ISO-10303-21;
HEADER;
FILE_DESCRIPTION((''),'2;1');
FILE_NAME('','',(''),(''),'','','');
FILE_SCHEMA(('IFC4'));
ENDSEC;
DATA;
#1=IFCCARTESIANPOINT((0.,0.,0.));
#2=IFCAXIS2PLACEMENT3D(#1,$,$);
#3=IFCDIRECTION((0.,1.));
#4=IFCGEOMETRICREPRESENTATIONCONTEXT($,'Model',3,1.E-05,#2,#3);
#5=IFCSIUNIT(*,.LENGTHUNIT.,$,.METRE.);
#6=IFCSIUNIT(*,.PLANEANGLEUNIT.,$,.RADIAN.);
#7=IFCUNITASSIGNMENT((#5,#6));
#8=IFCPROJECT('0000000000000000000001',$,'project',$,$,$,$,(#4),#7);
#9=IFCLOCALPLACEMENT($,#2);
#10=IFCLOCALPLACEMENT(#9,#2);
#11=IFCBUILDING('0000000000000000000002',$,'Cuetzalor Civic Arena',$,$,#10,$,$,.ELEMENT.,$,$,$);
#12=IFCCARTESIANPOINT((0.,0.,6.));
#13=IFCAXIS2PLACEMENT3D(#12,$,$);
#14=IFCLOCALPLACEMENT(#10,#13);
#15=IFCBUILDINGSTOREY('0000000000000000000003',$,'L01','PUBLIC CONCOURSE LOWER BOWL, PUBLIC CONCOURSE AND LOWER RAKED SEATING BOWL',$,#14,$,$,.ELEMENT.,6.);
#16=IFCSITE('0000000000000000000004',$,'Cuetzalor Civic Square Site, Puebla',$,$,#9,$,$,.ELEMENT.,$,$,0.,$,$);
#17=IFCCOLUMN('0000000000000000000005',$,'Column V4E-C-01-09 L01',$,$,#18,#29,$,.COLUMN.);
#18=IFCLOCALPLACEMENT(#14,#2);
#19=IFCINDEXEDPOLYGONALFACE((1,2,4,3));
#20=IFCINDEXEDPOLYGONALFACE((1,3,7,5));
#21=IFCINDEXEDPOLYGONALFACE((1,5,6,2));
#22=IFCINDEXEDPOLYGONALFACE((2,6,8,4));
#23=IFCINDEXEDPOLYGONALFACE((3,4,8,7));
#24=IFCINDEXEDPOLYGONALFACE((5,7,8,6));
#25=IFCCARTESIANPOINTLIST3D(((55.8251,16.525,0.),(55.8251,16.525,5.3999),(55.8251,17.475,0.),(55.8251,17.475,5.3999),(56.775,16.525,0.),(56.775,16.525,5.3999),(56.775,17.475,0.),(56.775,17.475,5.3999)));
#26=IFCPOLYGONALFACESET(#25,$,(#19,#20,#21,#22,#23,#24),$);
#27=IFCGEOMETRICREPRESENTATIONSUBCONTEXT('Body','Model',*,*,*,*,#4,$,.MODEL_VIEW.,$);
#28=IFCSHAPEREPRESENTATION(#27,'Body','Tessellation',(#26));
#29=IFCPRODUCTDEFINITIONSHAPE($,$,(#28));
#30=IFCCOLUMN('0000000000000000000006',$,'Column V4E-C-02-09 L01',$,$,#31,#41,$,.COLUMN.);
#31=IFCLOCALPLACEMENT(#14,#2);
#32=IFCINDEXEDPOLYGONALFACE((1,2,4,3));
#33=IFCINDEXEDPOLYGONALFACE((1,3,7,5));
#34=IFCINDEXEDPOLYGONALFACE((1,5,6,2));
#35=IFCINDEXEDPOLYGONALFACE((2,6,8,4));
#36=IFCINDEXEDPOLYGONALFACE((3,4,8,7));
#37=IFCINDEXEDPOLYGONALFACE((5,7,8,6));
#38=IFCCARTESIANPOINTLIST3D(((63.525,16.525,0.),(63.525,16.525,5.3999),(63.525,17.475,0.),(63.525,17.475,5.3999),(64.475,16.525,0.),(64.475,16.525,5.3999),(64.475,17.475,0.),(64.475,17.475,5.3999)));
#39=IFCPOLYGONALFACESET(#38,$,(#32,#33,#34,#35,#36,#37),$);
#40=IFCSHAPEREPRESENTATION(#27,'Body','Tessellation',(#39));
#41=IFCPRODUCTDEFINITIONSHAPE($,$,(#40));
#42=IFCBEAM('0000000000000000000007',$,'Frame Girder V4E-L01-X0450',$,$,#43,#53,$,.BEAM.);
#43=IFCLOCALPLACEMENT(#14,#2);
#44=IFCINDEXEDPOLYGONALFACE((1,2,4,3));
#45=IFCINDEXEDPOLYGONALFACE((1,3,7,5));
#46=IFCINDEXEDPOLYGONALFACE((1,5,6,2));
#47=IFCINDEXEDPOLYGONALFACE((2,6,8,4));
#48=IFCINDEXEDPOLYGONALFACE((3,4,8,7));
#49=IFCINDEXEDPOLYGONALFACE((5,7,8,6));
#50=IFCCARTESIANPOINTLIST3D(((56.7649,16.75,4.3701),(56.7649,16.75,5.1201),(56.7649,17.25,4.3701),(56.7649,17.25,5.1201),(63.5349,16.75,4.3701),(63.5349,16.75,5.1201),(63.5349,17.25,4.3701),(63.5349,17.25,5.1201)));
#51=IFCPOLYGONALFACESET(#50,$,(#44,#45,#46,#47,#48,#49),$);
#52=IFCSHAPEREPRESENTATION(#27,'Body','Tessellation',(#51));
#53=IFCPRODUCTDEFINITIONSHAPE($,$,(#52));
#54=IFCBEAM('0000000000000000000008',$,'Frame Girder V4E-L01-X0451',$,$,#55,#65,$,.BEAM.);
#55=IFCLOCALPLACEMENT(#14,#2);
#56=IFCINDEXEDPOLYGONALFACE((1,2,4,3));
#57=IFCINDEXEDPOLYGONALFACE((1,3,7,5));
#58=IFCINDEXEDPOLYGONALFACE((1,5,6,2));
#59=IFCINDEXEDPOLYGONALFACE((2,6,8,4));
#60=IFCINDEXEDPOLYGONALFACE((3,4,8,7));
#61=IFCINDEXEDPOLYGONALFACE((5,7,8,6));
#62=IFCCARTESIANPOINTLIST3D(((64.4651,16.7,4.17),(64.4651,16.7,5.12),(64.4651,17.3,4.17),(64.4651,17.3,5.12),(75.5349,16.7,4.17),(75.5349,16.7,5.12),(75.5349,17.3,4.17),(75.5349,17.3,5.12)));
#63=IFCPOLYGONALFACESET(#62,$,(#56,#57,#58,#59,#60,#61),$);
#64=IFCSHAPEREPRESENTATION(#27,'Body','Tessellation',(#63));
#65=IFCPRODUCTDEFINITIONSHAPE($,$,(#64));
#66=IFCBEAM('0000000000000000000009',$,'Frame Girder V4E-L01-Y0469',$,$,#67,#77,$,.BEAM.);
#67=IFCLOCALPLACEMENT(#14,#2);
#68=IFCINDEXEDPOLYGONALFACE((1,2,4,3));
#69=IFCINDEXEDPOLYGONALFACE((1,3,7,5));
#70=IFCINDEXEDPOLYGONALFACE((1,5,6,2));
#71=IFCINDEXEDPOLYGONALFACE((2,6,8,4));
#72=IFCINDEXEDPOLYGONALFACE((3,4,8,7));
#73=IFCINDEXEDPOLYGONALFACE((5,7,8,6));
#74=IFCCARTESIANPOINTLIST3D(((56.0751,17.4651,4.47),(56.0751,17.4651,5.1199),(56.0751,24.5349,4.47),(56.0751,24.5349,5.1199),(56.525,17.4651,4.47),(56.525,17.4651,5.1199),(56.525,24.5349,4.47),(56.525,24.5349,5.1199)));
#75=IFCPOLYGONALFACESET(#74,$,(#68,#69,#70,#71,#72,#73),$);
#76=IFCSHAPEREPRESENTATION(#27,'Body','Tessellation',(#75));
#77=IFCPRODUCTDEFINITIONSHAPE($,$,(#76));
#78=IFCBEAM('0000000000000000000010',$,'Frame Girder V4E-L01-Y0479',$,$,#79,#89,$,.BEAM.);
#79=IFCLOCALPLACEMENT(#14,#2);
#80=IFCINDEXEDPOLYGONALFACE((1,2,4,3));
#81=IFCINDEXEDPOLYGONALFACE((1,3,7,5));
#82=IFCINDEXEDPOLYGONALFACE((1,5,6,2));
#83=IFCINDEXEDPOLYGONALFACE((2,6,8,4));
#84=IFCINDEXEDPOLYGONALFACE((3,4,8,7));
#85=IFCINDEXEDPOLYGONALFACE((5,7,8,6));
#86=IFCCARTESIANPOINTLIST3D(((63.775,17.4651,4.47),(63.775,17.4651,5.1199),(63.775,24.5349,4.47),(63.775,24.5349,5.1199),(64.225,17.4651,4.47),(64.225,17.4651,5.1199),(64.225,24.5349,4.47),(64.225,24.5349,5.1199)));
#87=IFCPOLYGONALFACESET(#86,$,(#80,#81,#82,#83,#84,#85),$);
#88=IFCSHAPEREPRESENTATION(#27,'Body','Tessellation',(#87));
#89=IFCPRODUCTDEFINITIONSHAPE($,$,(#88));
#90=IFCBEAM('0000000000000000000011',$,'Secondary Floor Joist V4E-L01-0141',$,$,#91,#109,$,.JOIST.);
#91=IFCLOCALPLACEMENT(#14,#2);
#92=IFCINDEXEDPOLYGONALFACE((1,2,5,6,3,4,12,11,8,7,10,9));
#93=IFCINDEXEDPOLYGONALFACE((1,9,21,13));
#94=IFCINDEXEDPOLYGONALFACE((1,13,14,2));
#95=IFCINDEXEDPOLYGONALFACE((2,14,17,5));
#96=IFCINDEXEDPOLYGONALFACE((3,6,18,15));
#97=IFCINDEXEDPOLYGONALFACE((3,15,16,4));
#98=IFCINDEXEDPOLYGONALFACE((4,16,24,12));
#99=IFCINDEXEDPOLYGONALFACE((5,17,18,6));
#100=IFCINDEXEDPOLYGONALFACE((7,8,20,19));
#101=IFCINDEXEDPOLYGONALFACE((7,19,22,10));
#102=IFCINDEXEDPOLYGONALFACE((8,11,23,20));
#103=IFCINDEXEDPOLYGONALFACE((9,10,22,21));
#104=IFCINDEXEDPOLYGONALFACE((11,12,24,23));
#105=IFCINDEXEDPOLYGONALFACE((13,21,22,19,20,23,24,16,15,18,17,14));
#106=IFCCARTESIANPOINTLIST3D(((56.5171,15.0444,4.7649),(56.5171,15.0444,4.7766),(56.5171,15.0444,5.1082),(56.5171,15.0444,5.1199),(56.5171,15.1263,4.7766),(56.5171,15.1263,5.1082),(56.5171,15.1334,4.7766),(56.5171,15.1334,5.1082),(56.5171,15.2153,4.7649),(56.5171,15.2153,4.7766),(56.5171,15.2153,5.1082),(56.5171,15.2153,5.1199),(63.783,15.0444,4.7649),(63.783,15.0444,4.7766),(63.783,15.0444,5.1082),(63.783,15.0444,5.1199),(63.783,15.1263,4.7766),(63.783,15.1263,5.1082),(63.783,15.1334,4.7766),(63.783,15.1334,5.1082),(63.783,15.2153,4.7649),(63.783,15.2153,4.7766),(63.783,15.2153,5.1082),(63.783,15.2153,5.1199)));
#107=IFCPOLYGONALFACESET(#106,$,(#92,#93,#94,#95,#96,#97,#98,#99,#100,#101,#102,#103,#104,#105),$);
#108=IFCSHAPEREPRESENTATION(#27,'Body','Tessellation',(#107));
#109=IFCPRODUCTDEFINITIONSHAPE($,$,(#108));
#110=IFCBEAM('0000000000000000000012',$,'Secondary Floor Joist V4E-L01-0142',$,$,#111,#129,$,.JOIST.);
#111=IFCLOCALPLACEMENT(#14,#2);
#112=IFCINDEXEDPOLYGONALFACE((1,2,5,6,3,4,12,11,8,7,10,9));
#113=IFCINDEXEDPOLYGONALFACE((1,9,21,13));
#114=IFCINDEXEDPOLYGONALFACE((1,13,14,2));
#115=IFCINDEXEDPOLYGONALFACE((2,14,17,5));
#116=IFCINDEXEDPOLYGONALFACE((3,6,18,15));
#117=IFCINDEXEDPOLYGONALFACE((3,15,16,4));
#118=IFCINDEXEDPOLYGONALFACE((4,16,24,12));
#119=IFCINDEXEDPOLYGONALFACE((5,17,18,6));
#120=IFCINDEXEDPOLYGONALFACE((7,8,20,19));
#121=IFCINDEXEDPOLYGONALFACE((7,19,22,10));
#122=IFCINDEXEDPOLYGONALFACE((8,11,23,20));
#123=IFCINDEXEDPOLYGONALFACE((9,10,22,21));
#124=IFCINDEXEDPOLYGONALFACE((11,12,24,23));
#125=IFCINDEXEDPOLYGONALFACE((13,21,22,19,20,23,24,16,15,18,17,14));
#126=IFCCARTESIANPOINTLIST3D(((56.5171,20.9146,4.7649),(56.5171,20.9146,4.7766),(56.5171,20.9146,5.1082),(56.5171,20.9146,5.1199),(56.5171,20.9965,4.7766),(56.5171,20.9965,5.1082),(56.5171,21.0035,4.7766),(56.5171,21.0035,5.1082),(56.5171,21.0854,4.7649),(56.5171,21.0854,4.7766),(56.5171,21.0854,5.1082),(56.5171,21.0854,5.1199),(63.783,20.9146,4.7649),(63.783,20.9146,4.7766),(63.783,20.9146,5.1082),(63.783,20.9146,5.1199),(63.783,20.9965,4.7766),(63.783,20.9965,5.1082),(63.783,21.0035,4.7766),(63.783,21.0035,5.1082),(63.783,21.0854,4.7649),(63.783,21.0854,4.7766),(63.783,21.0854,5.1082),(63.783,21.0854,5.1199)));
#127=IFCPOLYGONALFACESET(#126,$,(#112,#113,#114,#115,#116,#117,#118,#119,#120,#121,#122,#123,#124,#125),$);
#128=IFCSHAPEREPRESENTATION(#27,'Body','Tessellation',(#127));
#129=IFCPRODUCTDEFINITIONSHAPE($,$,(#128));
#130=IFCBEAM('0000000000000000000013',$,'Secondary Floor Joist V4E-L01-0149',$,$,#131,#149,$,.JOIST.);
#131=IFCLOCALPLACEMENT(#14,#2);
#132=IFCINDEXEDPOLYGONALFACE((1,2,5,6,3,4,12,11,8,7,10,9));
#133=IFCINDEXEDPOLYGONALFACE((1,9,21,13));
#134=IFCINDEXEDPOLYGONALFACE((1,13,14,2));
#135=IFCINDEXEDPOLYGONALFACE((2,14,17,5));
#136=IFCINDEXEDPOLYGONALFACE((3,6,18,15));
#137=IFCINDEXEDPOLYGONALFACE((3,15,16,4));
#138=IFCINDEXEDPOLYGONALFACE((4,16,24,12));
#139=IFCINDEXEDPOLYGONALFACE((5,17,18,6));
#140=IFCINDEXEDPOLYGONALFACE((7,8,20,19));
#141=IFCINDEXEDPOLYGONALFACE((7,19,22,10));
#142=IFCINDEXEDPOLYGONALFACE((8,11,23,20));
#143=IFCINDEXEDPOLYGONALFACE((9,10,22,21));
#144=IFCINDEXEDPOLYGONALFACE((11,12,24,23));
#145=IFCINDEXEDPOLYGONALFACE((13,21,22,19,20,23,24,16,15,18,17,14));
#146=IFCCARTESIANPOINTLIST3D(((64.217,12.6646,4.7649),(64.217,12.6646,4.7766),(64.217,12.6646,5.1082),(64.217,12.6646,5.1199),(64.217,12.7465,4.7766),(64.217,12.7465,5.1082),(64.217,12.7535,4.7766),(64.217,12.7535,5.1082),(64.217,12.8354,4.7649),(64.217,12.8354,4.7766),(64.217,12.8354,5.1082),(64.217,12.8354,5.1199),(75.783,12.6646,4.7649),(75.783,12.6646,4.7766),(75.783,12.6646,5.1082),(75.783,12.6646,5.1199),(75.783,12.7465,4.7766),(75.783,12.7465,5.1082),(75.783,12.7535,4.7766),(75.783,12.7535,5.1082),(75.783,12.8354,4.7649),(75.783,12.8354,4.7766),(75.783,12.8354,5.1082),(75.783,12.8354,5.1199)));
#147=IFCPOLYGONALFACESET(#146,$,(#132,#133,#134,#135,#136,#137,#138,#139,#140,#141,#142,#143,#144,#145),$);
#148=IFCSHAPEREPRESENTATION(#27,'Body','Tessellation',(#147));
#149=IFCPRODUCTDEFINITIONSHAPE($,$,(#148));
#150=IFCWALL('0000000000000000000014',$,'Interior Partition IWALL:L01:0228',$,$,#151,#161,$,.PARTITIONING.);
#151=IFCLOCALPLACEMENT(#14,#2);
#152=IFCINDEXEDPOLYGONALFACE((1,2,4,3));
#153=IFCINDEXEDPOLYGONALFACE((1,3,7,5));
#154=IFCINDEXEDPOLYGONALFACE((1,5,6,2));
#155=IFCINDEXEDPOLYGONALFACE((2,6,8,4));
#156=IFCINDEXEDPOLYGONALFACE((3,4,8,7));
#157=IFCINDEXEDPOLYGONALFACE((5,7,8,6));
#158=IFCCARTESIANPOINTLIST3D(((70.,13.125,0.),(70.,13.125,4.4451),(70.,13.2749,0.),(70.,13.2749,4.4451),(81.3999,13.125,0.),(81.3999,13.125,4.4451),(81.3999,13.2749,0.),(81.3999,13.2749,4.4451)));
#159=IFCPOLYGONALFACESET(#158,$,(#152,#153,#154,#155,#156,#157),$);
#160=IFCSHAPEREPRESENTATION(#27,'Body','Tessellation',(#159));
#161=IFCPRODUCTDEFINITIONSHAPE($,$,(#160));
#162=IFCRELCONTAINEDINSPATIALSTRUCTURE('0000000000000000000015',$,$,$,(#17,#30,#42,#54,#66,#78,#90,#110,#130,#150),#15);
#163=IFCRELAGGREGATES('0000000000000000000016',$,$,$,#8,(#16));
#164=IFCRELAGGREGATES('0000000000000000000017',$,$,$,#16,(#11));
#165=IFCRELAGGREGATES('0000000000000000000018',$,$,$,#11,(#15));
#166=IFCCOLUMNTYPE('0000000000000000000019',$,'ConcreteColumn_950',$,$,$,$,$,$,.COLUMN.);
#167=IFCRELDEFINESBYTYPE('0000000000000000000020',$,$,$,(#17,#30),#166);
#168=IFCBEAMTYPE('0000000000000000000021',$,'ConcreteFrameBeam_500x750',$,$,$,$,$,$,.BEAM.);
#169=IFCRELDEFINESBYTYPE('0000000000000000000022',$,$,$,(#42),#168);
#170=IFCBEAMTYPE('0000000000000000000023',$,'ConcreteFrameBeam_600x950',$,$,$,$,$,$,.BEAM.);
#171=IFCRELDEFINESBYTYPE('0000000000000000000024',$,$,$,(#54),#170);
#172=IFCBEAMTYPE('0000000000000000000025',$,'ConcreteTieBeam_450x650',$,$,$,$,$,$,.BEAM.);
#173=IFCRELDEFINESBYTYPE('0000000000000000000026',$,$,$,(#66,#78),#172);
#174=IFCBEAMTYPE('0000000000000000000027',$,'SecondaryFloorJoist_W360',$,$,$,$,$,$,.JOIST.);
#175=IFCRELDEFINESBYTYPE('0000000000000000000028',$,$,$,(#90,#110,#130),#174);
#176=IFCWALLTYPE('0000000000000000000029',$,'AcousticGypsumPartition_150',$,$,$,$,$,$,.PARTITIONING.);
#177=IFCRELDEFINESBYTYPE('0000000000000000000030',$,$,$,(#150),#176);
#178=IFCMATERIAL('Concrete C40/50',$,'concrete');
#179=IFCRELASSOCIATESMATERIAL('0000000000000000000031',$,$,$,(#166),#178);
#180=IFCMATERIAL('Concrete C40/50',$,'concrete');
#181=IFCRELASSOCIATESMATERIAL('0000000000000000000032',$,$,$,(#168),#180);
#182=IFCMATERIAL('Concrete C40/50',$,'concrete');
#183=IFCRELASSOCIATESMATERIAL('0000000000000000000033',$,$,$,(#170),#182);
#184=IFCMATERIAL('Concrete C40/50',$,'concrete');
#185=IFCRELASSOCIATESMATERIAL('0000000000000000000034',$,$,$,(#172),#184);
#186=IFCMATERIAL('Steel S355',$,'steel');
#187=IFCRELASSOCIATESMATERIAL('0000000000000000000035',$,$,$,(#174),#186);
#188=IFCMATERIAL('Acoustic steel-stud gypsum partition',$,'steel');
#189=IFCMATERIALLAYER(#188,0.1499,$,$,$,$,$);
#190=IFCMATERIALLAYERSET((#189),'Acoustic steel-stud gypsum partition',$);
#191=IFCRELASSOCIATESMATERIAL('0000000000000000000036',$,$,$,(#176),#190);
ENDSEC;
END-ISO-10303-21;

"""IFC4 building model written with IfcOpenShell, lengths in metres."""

from ifc_helpers import new_model, si_unit, direction, frame, frame_2d, origin, origin_2d, place, context, subcontext, project, spatial, rectangle, i_section, extrude, material, layer, layer_set, material_profile, profile_set, type_object, element, save


model = new_model("IFC4")

# Units and contexts
model_context = context("Model", 3, precision=1e-05, world=origin(), true_north=direction((0.0, 1.0)))
body_context = subcontext(model_context, "Body", "Model", "MODEL_VIEW")
ifc_project = project(units=[si_unit("LENGTHUNIT", "METRE"), si_unit("PLANEANGLEUNIT", "RADIAN")], contexts=[model_context])

# Site, building, storey
site_placement = place(None, origin())
site = spatial("IfcSite", under=ifc_project, at=site_placement, Name="Cuetzalor Civic Square Site, Puebla", CompositionType="ELEMENT", RefElevation=0.0)
building_placement = place(site_placement, origin())
building = spatial("IfcBuilding", under=site, at=building_placement, Name="Cuetzalor Civic Arena", CompositionType="ELEMENT")
storey_placement = place(building_placement, frame((0.0, 0.0, 6.0)))
storey = spatial("IfcBuildingStorey", under=building, at=storey_placement, Name="L01", Description="PUBLIC CONCOURSE LOWER BOWL, PUBLIC CONCOURSE AND LOWER RAKED SEATING BOWL", CompositionType="ELEMENT", Elevation=6.0)

# Columns
ifc_material_1 = material(Name="Concrete C40/50", Category="concrete")
ifc_material_profile_1 = material_profile(ifc_material_1, rectangle(XDim=0.95, YDim=0.95, at=origin_2d()), Name="RC 950x950")
ifc_profile_set_1 = profile_set([ifc_material_profile_1], Name="Concrete C40/50")
column_type = type_object("IfcColumnType", Name="ConcreteColumn_950", PredefinedType="COLUMN", material=ifc_profile_set_1)
for number, where, z_axis, x_axis, name in (
    (1, (56.3, 17.0, 0.0), (0.0, 0.0, 1.0), (1.0, 0.0, 0.0), "Column V4E-C-01-09 L01"),
    (2, (64.0, 17.0, 0.0), (0.0, 0.0, 1.0), (1.0, 0.0, 0.0), "Column V4E-C-02-09 L01"),
):
    element("IfcColumn", number, at=place(storey_placement, frame(where, z_axis=z_axis, x_axis=x_axis)), inside=storey, type_object=column_type, Name=name, PredefinedType="COLUMN", context=body_context, shape_type="SweptSolid", body=[
        extrude(rectangle(XDim=0.95, YDim=0.95, at=origin_2d()), origin(), (0.0, 0.0, 1.0), 5.3999),
    ])

# Beams
ifc_material_2 = material(Name="Concrete C40/50", Category="concrete")
ifc_material_profile_2 = material_profile(ifc_material_2, rectangle(XDim=0.5, YDim=0.75, at=origin_2d()), Name="RC 500x750")
ifc_profile_set_2 = profile_set([ifc_material_profile_2], Name="Concrete C40/50")
beam_type_1 = type_object("IfcBeamType", Name="ConcreteFrameBeam_500x750", PredefinedType="BEAM", material=ifc_profile_set_2)
beam_1_placement = place(storey_placement, frame((56.7649, 17.0, 4.7451), z_axis=(1.0, 0.0, 0.0), x_axis=(0.0, 1.0, 0.0)))
element("IfcBeam", 3, at=beam_1_placement, inside=storey, type_object=beam_type_1, Name="Frame Girder V4E-L01-X0450", PredefinedType="BEAM", context=body_context, shape_type="SweptSolid", body=[
    extrude(rectangle(XDim=0.5, YDim=0.75, at=origin_2d()), origin(), (0.0, 0.0, 1.0), 6.77),
])
ifc_material_3 = material(Name="Concrete C40/50", Category="concrete")
ifc_material_profile_3 = material_profile(ifc_material_3, rectangle(XDim=0.6001, YDim=0.95, at=origin_2d()), Name="RC 600x950")
ifc_profile_set_3 = profile_set([ifc_material_profile_3], Name="Concrete C40/50")
beam_type_2 = type_object("IfcBeamType", Name="ConcreteFrameBeam_600x950", PredefinedType="BEAM", material=ifc_profile_set_3)
beam_2_placement = place(storey_placement, frame((64.4651, 17.0, 4.645), z_axis=(1.0, 0.0, 0.0), x_axis=(0.0, 1.0, 0.0)))
element("IfcBeam", 4, at=beam_2_placement, inside=storey, type_object=beam_type_2, Name="Frame Girder V4E-L01-X0451", PredefinedType="BEAM", context=body_context, shape_type="SweptSolid", body=[
    extrude(rectangle(XDim=0.6001, YDim=0.95, at=origin_2d()), origin(), (0.0, 0.0, 1.0), 11.0698),
])
ifc_material_4 = material(Name="Concrete C40/50", Category="concrete")
ifc_material_profile_4 = material_profile(ifc_material_4, rectangle(XDim=0.45, YDim=0.6499, at=origin_2d()), Name="RC 450x650")
ifc_profile_set_4 = profile_set([ifc_material_profile_4], Name="Concrete C40/50")
beam_type_3 = type_object("IfcBeamType", Name="ConcreteTieBeam_450x650", PredefinedType="BEAM", material=ifc_profile_set_4)
for number, where, z_axis, x_axis, name in (
    (5, (56.3, 17.4651, 4.7949), (0.0, 1.0, 0.0), (-1.0, 0.0, 0.0), "Frame Girder V4E-L01-Y0469"),
    (6, (64.0, 17.4651, 4.7949), (0.0, 1.0, 0.0), (-1.0, 0.0, 0.0), "Frame Girder V4E-L01-Y0479"),
):
    element("IfcBeam", number, at=place(storey_placement, frame(where, z_axis=z_axis, x_axis=x_axis)), inside=storey, type_object=beam_type_3, Name=name, PredefinedType="BEAM", context=body_context, shape_type="SweptSolid", body=[
        extrude(rectangle(XDim=0.45, YDim=0.6499, at=origin_2d()), origin(), (0.0, 0.0, 1.0), 7.0698),
    ])
ifc_material_5 = material(Name="Steel S355", Category="steel")
ifc_material_profile_5 = material_profile(ifc_material_5, i_section(OverallWidth=0.1709, OverallDepth=0.355, WebThickness=0.0071, FlangeThickness=0.0117, at=origin_2d()), Name="W360x51")
ifc_profile_set_5 = profile_set([ifc_material_profile_5], Name="Steel S355")
beam_type_4 = type_object("IfcBeamType", Name="SecondaryFloorJoist_W360", PredefinedType="JOIST", material=ifc_profile_set_5)
for number, where, z_axis, x_axis, name in (
    (7, (56.5171, 15.1299, 4.9424), (1.0, 0.0, 0.0), (0.0, 1.0, 0.0), "Secondary Floor Joist V4E-L01-0141"),
    (8, (56.5171, 21.0, 4.9424), (1.0, 0.0, 0.0), (0.0, 1.0, 0.0), "Secondary Floor Joist V4E-L01-0142"),
):
    element("IfcBeam", number, at=place(storey_placement, frame(where, z_axis=z_axis, x_axis=x_axis)), inside=storey, type_object=beam_type_4, Name=name, PredefinedType="JOIST", context=body_context, shape_type="SweptSolid", body=[
        extrude(i_section(OverallWidth=0.1709, OverallDepth=0.355, WebThickness=0.0071, FlangeThickness=0.0117, at=origin_2d()), origin(), (0.0, 0.0, 1.0), 7.2659),
    ])
beam_3_placement = place(storey_placement, frame((64.217, 12.75, 4.9424), z_axis=(1.0, 0.0, 0.0), x_axis=(0.0, 1.0, 0.0)))
element("IfcBeam", 9, at=beam_3_placement, inside=storey, type_object=beam_type_4, Name="Secondary Floor Joist V4E-L01-0149", PredefinedType="JOIST", context=body_context, shape_type="SweptSolid", body=[
    extrude(i_section(OverallWidth=0.1709, OverallDepth=0.355, WebThickness=0.0071, FlangeThickness=0.0117, at=origin_2d()), origin(), (0.0, 0.0, 1.0), 11.5659),
])

# Wall
ifc_material_6 = material(Name="Acoustic steel-stud gypsum partition", Category="steel")
ifc_layer_1 = layer(ifc_material_6, 0.1499)
ifc_layer_set_1 = layer_set([ifc_layer_1], Name="Acoustic steel-stud gypsum partition")
wall_type_1 = type_object("IfcWallType", Name="AcousticGypsumPartition_150", PredefinedType="PARTITIONING", material=ifc_layer_set_1)
wall_1_placement = place(storey_placement, frame((70.0, 13.2, 0.0), z_axis=(0.0, 0.0, 1.0), x_axis=(1.0, 0.0, 0.0)))
element("IfcWall", 10, at=wall_1_placement, inside=storey, type_object=wall_type_1, Name="Interior Partition IWALL:L01:0228", PredefinedType="PARTITIONING", context=body_context, shape_type="SweptSolid", body=[
    extrude(rectangle(XDim=11.3999, YDim=0.1499, at=frame_2d((5.7, 0.0))), origin(), (0.0, 0.0, 1.0), 4.4451),
])

save(model, "model.ifc")
